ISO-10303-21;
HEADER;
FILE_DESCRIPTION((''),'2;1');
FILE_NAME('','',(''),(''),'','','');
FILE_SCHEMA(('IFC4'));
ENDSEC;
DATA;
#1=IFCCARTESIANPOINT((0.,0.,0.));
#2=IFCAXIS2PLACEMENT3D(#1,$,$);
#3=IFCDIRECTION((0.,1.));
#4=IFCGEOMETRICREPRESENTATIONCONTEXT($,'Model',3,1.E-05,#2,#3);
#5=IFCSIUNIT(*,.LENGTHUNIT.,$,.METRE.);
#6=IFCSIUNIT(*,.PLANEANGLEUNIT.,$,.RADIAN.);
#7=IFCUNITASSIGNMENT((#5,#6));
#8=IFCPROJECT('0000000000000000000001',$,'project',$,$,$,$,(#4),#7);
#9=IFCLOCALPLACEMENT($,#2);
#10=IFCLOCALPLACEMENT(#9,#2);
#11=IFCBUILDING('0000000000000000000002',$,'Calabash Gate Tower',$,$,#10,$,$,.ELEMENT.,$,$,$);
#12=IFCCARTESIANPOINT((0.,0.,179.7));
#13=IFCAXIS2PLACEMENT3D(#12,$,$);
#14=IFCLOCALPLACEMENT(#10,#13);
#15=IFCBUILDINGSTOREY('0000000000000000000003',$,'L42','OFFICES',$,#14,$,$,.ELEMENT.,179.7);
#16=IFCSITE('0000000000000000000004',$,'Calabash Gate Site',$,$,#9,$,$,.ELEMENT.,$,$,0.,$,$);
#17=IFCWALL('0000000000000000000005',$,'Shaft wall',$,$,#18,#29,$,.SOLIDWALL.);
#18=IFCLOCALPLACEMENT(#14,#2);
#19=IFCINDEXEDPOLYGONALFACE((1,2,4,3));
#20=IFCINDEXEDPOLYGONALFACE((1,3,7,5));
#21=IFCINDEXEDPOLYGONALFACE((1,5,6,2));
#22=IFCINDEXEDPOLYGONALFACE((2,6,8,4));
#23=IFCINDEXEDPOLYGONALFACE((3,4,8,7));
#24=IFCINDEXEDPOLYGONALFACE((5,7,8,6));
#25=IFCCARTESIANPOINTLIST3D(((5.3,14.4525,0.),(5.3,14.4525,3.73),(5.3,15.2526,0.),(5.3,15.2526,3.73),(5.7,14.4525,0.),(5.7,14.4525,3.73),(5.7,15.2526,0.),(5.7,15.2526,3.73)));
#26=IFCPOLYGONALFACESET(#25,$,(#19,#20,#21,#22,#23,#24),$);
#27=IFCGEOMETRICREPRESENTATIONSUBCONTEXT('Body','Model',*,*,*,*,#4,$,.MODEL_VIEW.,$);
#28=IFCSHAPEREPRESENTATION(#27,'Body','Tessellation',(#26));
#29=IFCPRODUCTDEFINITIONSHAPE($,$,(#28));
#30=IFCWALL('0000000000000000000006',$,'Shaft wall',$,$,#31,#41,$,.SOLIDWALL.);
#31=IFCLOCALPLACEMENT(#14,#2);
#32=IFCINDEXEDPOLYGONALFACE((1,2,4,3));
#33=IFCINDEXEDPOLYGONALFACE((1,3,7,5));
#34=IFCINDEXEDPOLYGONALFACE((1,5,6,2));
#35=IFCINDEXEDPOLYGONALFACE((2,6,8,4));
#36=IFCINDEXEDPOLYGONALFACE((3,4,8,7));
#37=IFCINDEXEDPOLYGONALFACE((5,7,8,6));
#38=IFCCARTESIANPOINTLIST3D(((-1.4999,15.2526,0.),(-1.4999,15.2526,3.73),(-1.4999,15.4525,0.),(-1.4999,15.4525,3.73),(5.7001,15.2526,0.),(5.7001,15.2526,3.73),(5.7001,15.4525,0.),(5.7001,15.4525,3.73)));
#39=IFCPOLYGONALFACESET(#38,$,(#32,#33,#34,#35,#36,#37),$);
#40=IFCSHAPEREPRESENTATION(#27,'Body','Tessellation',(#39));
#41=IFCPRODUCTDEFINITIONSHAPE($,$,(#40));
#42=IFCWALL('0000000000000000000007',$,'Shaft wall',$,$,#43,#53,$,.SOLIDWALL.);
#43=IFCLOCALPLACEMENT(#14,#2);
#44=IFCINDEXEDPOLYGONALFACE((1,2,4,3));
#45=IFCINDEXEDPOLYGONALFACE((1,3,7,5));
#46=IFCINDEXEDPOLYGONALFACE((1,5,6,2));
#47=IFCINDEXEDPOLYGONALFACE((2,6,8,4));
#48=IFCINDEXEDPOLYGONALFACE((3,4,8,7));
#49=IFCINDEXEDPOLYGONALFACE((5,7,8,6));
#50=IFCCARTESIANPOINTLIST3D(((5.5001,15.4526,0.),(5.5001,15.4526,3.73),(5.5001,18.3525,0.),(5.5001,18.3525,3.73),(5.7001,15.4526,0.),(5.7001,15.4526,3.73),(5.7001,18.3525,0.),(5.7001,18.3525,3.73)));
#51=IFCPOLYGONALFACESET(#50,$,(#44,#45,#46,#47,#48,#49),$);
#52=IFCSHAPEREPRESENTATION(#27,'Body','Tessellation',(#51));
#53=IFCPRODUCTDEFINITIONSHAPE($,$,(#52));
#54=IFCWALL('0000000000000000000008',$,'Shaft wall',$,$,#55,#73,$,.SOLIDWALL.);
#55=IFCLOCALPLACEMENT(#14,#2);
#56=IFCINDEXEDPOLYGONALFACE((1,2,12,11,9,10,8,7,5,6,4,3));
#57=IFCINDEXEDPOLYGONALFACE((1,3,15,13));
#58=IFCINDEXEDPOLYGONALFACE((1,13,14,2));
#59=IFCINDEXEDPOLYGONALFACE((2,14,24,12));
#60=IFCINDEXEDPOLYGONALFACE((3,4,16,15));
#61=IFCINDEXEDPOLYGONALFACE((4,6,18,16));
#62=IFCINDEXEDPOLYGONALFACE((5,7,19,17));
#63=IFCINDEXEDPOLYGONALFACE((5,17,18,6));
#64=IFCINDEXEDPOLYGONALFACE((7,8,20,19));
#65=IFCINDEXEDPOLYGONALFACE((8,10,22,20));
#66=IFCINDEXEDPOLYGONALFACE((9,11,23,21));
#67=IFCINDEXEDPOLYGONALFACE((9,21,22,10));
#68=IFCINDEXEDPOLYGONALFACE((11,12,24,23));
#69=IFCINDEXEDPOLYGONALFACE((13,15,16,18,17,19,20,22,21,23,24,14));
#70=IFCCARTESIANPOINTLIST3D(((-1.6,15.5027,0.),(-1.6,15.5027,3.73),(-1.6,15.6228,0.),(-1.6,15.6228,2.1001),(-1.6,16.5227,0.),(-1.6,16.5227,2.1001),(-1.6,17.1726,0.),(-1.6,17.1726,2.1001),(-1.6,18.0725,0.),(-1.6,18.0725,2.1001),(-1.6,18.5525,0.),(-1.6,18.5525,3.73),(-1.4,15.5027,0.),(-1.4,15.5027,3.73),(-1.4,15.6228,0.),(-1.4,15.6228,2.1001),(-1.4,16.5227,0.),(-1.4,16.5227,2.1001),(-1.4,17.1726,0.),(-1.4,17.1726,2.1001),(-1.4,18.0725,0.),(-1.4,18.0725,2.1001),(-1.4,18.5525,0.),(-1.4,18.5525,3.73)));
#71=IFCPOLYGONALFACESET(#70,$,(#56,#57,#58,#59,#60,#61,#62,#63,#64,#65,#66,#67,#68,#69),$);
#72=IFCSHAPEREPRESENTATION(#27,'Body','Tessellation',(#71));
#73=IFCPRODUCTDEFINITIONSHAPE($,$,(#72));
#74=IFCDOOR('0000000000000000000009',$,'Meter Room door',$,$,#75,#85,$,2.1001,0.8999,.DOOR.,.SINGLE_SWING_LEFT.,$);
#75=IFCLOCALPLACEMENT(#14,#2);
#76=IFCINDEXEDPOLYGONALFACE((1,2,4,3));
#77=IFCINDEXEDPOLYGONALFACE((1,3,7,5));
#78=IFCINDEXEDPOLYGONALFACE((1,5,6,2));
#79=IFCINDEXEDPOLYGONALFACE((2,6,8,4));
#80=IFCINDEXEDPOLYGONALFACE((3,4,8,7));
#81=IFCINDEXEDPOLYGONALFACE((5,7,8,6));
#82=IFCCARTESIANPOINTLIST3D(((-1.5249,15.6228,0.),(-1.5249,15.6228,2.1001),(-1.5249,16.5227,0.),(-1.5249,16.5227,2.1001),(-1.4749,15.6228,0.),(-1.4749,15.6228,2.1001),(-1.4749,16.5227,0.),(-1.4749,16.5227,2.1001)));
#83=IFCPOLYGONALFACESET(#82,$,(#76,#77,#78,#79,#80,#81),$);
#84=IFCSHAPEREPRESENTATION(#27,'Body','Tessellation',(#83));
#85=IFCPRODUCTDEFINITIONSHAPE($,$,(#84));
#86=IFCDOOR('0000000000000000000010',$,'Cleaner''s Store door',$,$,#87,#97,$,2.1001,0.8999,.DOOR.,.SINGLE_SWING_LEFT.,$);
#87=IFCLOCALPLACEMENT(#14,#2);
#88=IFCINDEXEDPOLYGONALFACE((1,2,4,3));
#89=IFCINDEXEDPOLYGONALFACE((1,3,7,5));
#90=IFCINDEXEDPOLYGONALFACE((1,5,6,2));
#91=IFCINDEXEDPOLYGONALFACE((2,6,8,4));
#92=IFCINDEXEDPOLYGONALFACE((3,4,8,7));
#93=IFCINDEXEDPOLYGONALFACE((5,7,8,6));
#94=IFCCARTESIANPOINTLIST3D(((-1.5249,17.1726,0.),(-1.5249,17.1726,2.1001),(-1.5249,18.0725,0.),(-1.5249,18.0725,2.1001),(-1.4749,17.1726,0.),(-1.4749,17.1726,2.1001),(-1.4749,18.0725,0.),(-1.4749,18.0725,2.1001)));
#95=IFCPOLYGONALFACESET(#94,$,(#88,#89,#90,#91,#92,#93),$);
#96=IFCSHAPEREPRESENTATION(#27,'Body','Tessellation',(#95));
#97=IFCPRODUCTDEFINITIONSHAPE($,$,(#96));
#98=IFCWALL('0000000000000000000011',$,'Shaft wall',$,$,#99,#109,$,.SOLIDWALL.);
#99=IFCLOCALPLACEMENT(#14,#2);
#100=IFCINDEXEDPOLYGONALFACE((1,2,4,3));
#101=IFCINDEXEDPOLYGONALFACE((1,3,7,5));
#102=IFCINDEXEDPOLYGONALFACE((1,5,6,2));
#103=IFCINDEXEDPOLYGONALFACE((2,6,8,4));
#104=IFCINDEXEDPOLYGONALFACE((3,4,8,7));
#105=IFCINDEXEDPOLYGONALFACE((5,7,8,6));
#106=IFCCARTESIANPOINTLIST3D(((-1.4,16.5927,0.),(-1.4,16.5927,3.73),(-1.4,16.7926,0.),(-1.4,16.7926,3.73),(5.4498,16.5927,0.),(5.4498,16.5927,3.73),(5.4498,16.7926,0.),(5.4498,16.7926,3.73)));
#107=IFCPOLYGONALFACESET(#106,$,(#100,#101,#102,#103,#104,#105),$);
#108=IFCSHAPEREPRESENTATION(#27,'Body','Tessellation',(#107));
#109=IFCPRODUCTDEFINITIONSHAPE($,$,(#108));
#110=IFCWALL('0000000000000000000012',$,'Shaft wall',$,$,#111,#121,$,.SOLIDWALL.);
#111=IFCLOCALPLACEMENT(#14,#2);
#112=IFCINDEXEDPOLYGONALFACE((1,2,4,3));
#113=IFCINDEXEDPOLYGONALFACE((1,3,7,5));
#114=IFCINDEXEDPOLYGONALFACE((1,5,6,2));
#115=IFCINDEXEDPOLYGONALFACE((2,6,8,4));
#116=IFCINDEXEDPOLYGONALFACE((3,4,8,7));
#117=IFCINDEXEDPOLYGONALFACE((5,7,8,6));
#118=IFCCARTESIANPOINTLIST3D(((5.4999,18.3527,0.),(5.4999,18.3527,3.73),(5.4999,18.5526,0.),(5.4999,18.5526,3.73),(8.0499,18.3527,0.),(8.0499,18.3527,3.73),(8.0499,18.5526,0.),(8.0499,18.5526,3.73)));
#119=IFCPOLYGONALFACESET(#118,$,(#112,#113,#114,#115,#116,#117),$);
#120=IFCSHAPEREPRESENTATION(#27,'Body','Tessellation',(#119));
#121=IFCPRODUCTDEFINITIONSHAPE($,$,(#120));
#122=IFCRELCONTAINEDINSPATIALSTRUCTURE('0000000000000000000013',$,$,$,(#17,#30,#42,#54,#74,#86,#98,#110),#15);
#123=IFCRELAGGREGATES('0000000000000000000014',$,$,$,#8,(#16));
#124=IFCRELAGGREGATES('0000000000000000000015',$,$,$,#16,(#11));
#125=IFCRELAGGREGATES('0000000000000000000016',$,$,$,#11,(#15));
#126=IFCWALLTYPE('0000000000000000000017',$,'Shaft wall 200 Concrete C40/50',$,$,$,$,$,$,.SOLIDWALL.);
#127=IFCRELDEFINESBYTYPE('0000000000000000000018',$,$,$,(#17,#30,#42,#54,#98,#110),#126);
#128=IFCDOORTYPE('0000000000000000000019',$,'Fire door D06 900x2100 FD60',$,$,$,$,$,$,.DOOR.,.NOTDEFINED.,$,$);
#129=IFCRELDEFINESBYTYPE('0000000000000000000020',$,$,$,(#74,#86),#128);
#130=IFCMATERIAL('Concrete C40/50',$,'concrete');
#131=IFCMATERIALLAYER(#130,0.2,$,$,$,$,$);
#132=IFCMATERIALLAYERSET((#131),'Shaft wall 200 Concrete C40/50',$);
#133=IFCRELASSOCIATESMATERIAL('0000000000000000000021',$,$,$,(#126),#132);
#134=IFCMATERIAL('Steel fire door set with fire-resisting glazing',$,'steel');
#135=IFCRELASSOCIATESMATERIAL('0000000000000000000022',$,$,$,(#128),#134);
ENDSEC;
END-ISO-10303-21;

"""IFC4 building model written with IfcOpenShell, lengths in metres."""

from ifc_helpers import new_model, si_unit, direction, frame, frame_2d, origin, place, context, subcontext, project, spatial, rectangle, extrude, material, layer, layer_set, type_object, element, fill, save


model = new_model("IFC4")

# Units and contexts
model_context = context("Model", 3, precision=1e-05, world=origin(), true_north=direction((0.0, 1.0)))
body_context = subcontext(model_context, "Body", "Model", "MODEL_VIEW")
ifc_project = project(units=[si_unit("LENGTHUNIT", "METRE"), si_unit("PLANEANGLEUNIT", "RADIAN")], contexts=[model_context])

# Site, building, storey
site_placement = place(None, origin())
site = spatial("IfcSite", under=ifc_project, at=site_placement, Name="Calabash Gate Site", CompositionType="ELEMENT", RefElevation=0.0)
building_placement = place(site_placement, origin())
building = spatial("IfcBuilding", under=site, at=building_placement, Name="Calabash Gate Tower", CompositionType="ELEMENT")
storey_placement = place(building_placement, frame((0.0, 0.0, 179.7)))
storey = spatial("IfcBuildingStorey", under=building, at=storey_placement, Name="L42", Description="OFFICES", CompositionType="ELEMENT", Elevation=179.7)

# Shared definitions
ifc_material_1 = material(Name="Concrete C40/50", Category="concrete")
ifc_layer_1 = layer(ifc_material_1, 0.2)
ifc_layer_set_1 = layer_set([ifc_layer_1], Name="Shaft wall 200 Concrete C40/50")
wall_type_1 = type_object("IfcWallType", Name="Shaft wall 200 Concrete C40/50", PredefinedType="SOLIDWALL", material=ifc_layer_set_1)

# Walls
wall_1_placement = place(storey_placement, frame((5.5, 14.4526, 0.0), z_axis=(0.0, 0.0, 1.0), x_axis=(0.0, 1.0, 0.0)))
element("IfcWall", 1, at=wall_1_placement, inside=storey, type_object=wall_type_1, Name="Shaft wall", PredefinedType="SOLIDWALL", context=body_context, shape_type="SweptSolid", body=[
    extrude(rectangle(XDim=0.8, YDim=0.3999, at=frame_2d((0.3999, 0.0))), origin(), (0.0, 0.0, 1.0), 3.73),
])
wall_2_placement = place(storey_placement, frame((-1.5, 15.3525, 0.0), z_axis=(0.0, 0.0, 1.0), x_axis=(1.0, 0.0, 0.0)))
element("IfcWall", 2, at=wall_2_placement, inside=storey, type_object=wall_type_1, Name="Shaft wall", PredefinedType="SOLIDWALL", context=body_context, shape_type="SweptSolid", body=[
    extrude(rectangle(XDim=7.2, YDim=0.2, at=frame_2d((3.6001, 0.0))), origin(), (0.0, 0.0, 1.0), 3.73),
])
wall_3_placement = place(storey_placement, frame((5.6001, 15.4526, 0.0), z_axis=(0.0, 0.0, 1.0), x_axis=(0.0, 1.0, 0.0)))
element("IfcWall", 3, at=wall_3_placement, inside=storey, type_object=wall_type_1, Name="Shaft wall", PredefinedType="SOLIDWALL", context=body_context, shape_type="SweptSolid", body=[
    extrude(rectangle(XDim=2.8999, YDim=0.2, at=frame_2d((1.45, 0.0))), origin(), (0.0, 0.0, 1.0), 3.73),
])

# Wall, openings, doors
wall_4_placement = place(storey_placement, frame((-1.5, 15.5027, 0.0), z_axis=(0.0, 0.0, 1.0), x_axis=(0.0, 1.0, 0.0)))
wall_4 = element("IfcWall", 4, at=wall_4_placement, inside=storey, type_object=wall_type_1, Name="Shaft wall", PredefinedType="SOLIDWALL", context=body_context, shape_type="SweptSolid", body=[
    extrude(rectangle(XDim=3.0498, YDim=0.2, at=frame_2d((1.5249, 0.0))), origin(), (0.0, 0.0, 1.0), 3.73),
])
opening_1_placement = place(wall_4_placement, frame((0.1201, 0.0, 0.0)))
opening_1 = element("IfcOpeningElement", 5, at=opening_1_placement, cuts=wall_4, PredefinedType="OPENING", context=body_context, shape_type="SweptSolid", body=[
    extrude(rectangle(XDim=0.8999, YDim=2.1001, at=frame_2d((0.45, 1.05))), frame((0.0, 0.1099, 0.0), z_axis=(0.0, -1.0, 0.0), x_axis=(1.0, 0.0, 0.0)), (0.0, 0.0, 1.0), 0.22),
])
opening_2_placement = place(wall_4_placement, frame((1.6699, 0.0, 0.0)))
opening_2 = element("IfcOpeningElement", 6, at=opening_2_placement, cuts=wall_4, PredefinedType="OPENING", context=body_context, shape_type="SweptSolid", body=[
    extrude(rectangle(XDim=0.8999, YDim=2.1001, at=frame_2d((0.45, 1.05))), frame((0.0, 0.1099, 0.0), z_axis=(0.0, -1.0, 0.0), x_axis=(1.0, 0.0, 0.0)), (0.0, 0.0, 1.0), 0.22),
])
ifc_material_2 = material(Name="Steel fire door set with fire-resisting glazing", Category="steel")
door_type_1 = type_object("IfcDoorType", Name="Fire door D06 900x2100 FD60", OperationType="NOTDEFINED", PredefinedType="DOOR", material=ifc_material_2)
door_1_placement = place(opening_1_placement, origin())
door_1 = element("IfcDoor", 7, at=door_1_placement, inside=storey, type_object=door_type_1, Name="Meter Room door", OperationType="SINGLE_SWING_LEFT", OverallHeight=2.1001, OverallWidth=0.8999, PredefinedType="DOOR", context=body_context, shape_type="SweptSolid", body=[
    extrude(rectangle(XDim=0.8999, YDim=2.1001, at=frame_2d((0.45, 1.05))), frame((0.0, 0.0249, 0.0), z_axis=(0.0, -1.0, 0.0), x_axis=(1.0, 0.0, 0.0)), (0.0, 0.0, 1.0), 0.05),
])
fill(opening_1, door_1)
door_2_placement = place(opening_2_placement, origin())
door_2 = element("IfcDoor", 8, at=door_2_placement, inside=storey, type_object=door_type_1, Name="Cleaner's Store door", OperationType="SINGLE_SWING_LEFT", OverallHeight=2.1001, OverallWidth=0.8999, PredefinedType="DOOR", context=body_context, shape_type="SweptSolid", body=[
    extrude(rectangle(XDim=0.8999, YDim=2.1001, at=frame_2d((0.45, 1.05))), frame((0.0, 0.0249, 0.0), z_axis=(0.0, -1.0, 0.0), x_axis=(1.0, 0.0, 0.0)), (0.0, 0.0, 1.0), 0.05),
])
fill(opening_2, door_2)

# Walls
wall_5_placement = place(storey_placement, frame((-1.3999, 16.6926, 0.0), z_axis=(0.0, 0.0, 1.0), x_axis=(1.0, 0.0, 0.0)))
element("IfcWall", 9, at=wall_5_placement, inside=storey, type_object=wall_type_1, Name="Shaft wall", PredefinedType="SOLIDWALL", context=body_context, shape_type="SweptSolid", body=[
    extrude(rectangle(XDim=6.8499, YDim=0.2, at=frame_2d((3.4248, 0.0))), origin(), (0.0, 0.0, 1.0), 3.73),
])
wall_6_placement = place(storey_placement, frame((5.5, 18.4526, 0.0), z_axis=(0.0, 0.0, 1.0), x_axis=(1.0, 0.0, 0.0)))
element("IfcWall", 10, at=wall_6_placement, inside=storey, type_object=wall_type_1, Name="Shaft wall", PredefinedType="SOLIDWALL", context=body_context, shape_type="SweptSolid", body=[
    extrude(rectangle(XDim=2.55, YDim=0.2, at=frame_2d((1.2749, 0.0))), origin(), (0.0, 0.0, 1.0), 3.73),
])

save(model, "model.ifc")
